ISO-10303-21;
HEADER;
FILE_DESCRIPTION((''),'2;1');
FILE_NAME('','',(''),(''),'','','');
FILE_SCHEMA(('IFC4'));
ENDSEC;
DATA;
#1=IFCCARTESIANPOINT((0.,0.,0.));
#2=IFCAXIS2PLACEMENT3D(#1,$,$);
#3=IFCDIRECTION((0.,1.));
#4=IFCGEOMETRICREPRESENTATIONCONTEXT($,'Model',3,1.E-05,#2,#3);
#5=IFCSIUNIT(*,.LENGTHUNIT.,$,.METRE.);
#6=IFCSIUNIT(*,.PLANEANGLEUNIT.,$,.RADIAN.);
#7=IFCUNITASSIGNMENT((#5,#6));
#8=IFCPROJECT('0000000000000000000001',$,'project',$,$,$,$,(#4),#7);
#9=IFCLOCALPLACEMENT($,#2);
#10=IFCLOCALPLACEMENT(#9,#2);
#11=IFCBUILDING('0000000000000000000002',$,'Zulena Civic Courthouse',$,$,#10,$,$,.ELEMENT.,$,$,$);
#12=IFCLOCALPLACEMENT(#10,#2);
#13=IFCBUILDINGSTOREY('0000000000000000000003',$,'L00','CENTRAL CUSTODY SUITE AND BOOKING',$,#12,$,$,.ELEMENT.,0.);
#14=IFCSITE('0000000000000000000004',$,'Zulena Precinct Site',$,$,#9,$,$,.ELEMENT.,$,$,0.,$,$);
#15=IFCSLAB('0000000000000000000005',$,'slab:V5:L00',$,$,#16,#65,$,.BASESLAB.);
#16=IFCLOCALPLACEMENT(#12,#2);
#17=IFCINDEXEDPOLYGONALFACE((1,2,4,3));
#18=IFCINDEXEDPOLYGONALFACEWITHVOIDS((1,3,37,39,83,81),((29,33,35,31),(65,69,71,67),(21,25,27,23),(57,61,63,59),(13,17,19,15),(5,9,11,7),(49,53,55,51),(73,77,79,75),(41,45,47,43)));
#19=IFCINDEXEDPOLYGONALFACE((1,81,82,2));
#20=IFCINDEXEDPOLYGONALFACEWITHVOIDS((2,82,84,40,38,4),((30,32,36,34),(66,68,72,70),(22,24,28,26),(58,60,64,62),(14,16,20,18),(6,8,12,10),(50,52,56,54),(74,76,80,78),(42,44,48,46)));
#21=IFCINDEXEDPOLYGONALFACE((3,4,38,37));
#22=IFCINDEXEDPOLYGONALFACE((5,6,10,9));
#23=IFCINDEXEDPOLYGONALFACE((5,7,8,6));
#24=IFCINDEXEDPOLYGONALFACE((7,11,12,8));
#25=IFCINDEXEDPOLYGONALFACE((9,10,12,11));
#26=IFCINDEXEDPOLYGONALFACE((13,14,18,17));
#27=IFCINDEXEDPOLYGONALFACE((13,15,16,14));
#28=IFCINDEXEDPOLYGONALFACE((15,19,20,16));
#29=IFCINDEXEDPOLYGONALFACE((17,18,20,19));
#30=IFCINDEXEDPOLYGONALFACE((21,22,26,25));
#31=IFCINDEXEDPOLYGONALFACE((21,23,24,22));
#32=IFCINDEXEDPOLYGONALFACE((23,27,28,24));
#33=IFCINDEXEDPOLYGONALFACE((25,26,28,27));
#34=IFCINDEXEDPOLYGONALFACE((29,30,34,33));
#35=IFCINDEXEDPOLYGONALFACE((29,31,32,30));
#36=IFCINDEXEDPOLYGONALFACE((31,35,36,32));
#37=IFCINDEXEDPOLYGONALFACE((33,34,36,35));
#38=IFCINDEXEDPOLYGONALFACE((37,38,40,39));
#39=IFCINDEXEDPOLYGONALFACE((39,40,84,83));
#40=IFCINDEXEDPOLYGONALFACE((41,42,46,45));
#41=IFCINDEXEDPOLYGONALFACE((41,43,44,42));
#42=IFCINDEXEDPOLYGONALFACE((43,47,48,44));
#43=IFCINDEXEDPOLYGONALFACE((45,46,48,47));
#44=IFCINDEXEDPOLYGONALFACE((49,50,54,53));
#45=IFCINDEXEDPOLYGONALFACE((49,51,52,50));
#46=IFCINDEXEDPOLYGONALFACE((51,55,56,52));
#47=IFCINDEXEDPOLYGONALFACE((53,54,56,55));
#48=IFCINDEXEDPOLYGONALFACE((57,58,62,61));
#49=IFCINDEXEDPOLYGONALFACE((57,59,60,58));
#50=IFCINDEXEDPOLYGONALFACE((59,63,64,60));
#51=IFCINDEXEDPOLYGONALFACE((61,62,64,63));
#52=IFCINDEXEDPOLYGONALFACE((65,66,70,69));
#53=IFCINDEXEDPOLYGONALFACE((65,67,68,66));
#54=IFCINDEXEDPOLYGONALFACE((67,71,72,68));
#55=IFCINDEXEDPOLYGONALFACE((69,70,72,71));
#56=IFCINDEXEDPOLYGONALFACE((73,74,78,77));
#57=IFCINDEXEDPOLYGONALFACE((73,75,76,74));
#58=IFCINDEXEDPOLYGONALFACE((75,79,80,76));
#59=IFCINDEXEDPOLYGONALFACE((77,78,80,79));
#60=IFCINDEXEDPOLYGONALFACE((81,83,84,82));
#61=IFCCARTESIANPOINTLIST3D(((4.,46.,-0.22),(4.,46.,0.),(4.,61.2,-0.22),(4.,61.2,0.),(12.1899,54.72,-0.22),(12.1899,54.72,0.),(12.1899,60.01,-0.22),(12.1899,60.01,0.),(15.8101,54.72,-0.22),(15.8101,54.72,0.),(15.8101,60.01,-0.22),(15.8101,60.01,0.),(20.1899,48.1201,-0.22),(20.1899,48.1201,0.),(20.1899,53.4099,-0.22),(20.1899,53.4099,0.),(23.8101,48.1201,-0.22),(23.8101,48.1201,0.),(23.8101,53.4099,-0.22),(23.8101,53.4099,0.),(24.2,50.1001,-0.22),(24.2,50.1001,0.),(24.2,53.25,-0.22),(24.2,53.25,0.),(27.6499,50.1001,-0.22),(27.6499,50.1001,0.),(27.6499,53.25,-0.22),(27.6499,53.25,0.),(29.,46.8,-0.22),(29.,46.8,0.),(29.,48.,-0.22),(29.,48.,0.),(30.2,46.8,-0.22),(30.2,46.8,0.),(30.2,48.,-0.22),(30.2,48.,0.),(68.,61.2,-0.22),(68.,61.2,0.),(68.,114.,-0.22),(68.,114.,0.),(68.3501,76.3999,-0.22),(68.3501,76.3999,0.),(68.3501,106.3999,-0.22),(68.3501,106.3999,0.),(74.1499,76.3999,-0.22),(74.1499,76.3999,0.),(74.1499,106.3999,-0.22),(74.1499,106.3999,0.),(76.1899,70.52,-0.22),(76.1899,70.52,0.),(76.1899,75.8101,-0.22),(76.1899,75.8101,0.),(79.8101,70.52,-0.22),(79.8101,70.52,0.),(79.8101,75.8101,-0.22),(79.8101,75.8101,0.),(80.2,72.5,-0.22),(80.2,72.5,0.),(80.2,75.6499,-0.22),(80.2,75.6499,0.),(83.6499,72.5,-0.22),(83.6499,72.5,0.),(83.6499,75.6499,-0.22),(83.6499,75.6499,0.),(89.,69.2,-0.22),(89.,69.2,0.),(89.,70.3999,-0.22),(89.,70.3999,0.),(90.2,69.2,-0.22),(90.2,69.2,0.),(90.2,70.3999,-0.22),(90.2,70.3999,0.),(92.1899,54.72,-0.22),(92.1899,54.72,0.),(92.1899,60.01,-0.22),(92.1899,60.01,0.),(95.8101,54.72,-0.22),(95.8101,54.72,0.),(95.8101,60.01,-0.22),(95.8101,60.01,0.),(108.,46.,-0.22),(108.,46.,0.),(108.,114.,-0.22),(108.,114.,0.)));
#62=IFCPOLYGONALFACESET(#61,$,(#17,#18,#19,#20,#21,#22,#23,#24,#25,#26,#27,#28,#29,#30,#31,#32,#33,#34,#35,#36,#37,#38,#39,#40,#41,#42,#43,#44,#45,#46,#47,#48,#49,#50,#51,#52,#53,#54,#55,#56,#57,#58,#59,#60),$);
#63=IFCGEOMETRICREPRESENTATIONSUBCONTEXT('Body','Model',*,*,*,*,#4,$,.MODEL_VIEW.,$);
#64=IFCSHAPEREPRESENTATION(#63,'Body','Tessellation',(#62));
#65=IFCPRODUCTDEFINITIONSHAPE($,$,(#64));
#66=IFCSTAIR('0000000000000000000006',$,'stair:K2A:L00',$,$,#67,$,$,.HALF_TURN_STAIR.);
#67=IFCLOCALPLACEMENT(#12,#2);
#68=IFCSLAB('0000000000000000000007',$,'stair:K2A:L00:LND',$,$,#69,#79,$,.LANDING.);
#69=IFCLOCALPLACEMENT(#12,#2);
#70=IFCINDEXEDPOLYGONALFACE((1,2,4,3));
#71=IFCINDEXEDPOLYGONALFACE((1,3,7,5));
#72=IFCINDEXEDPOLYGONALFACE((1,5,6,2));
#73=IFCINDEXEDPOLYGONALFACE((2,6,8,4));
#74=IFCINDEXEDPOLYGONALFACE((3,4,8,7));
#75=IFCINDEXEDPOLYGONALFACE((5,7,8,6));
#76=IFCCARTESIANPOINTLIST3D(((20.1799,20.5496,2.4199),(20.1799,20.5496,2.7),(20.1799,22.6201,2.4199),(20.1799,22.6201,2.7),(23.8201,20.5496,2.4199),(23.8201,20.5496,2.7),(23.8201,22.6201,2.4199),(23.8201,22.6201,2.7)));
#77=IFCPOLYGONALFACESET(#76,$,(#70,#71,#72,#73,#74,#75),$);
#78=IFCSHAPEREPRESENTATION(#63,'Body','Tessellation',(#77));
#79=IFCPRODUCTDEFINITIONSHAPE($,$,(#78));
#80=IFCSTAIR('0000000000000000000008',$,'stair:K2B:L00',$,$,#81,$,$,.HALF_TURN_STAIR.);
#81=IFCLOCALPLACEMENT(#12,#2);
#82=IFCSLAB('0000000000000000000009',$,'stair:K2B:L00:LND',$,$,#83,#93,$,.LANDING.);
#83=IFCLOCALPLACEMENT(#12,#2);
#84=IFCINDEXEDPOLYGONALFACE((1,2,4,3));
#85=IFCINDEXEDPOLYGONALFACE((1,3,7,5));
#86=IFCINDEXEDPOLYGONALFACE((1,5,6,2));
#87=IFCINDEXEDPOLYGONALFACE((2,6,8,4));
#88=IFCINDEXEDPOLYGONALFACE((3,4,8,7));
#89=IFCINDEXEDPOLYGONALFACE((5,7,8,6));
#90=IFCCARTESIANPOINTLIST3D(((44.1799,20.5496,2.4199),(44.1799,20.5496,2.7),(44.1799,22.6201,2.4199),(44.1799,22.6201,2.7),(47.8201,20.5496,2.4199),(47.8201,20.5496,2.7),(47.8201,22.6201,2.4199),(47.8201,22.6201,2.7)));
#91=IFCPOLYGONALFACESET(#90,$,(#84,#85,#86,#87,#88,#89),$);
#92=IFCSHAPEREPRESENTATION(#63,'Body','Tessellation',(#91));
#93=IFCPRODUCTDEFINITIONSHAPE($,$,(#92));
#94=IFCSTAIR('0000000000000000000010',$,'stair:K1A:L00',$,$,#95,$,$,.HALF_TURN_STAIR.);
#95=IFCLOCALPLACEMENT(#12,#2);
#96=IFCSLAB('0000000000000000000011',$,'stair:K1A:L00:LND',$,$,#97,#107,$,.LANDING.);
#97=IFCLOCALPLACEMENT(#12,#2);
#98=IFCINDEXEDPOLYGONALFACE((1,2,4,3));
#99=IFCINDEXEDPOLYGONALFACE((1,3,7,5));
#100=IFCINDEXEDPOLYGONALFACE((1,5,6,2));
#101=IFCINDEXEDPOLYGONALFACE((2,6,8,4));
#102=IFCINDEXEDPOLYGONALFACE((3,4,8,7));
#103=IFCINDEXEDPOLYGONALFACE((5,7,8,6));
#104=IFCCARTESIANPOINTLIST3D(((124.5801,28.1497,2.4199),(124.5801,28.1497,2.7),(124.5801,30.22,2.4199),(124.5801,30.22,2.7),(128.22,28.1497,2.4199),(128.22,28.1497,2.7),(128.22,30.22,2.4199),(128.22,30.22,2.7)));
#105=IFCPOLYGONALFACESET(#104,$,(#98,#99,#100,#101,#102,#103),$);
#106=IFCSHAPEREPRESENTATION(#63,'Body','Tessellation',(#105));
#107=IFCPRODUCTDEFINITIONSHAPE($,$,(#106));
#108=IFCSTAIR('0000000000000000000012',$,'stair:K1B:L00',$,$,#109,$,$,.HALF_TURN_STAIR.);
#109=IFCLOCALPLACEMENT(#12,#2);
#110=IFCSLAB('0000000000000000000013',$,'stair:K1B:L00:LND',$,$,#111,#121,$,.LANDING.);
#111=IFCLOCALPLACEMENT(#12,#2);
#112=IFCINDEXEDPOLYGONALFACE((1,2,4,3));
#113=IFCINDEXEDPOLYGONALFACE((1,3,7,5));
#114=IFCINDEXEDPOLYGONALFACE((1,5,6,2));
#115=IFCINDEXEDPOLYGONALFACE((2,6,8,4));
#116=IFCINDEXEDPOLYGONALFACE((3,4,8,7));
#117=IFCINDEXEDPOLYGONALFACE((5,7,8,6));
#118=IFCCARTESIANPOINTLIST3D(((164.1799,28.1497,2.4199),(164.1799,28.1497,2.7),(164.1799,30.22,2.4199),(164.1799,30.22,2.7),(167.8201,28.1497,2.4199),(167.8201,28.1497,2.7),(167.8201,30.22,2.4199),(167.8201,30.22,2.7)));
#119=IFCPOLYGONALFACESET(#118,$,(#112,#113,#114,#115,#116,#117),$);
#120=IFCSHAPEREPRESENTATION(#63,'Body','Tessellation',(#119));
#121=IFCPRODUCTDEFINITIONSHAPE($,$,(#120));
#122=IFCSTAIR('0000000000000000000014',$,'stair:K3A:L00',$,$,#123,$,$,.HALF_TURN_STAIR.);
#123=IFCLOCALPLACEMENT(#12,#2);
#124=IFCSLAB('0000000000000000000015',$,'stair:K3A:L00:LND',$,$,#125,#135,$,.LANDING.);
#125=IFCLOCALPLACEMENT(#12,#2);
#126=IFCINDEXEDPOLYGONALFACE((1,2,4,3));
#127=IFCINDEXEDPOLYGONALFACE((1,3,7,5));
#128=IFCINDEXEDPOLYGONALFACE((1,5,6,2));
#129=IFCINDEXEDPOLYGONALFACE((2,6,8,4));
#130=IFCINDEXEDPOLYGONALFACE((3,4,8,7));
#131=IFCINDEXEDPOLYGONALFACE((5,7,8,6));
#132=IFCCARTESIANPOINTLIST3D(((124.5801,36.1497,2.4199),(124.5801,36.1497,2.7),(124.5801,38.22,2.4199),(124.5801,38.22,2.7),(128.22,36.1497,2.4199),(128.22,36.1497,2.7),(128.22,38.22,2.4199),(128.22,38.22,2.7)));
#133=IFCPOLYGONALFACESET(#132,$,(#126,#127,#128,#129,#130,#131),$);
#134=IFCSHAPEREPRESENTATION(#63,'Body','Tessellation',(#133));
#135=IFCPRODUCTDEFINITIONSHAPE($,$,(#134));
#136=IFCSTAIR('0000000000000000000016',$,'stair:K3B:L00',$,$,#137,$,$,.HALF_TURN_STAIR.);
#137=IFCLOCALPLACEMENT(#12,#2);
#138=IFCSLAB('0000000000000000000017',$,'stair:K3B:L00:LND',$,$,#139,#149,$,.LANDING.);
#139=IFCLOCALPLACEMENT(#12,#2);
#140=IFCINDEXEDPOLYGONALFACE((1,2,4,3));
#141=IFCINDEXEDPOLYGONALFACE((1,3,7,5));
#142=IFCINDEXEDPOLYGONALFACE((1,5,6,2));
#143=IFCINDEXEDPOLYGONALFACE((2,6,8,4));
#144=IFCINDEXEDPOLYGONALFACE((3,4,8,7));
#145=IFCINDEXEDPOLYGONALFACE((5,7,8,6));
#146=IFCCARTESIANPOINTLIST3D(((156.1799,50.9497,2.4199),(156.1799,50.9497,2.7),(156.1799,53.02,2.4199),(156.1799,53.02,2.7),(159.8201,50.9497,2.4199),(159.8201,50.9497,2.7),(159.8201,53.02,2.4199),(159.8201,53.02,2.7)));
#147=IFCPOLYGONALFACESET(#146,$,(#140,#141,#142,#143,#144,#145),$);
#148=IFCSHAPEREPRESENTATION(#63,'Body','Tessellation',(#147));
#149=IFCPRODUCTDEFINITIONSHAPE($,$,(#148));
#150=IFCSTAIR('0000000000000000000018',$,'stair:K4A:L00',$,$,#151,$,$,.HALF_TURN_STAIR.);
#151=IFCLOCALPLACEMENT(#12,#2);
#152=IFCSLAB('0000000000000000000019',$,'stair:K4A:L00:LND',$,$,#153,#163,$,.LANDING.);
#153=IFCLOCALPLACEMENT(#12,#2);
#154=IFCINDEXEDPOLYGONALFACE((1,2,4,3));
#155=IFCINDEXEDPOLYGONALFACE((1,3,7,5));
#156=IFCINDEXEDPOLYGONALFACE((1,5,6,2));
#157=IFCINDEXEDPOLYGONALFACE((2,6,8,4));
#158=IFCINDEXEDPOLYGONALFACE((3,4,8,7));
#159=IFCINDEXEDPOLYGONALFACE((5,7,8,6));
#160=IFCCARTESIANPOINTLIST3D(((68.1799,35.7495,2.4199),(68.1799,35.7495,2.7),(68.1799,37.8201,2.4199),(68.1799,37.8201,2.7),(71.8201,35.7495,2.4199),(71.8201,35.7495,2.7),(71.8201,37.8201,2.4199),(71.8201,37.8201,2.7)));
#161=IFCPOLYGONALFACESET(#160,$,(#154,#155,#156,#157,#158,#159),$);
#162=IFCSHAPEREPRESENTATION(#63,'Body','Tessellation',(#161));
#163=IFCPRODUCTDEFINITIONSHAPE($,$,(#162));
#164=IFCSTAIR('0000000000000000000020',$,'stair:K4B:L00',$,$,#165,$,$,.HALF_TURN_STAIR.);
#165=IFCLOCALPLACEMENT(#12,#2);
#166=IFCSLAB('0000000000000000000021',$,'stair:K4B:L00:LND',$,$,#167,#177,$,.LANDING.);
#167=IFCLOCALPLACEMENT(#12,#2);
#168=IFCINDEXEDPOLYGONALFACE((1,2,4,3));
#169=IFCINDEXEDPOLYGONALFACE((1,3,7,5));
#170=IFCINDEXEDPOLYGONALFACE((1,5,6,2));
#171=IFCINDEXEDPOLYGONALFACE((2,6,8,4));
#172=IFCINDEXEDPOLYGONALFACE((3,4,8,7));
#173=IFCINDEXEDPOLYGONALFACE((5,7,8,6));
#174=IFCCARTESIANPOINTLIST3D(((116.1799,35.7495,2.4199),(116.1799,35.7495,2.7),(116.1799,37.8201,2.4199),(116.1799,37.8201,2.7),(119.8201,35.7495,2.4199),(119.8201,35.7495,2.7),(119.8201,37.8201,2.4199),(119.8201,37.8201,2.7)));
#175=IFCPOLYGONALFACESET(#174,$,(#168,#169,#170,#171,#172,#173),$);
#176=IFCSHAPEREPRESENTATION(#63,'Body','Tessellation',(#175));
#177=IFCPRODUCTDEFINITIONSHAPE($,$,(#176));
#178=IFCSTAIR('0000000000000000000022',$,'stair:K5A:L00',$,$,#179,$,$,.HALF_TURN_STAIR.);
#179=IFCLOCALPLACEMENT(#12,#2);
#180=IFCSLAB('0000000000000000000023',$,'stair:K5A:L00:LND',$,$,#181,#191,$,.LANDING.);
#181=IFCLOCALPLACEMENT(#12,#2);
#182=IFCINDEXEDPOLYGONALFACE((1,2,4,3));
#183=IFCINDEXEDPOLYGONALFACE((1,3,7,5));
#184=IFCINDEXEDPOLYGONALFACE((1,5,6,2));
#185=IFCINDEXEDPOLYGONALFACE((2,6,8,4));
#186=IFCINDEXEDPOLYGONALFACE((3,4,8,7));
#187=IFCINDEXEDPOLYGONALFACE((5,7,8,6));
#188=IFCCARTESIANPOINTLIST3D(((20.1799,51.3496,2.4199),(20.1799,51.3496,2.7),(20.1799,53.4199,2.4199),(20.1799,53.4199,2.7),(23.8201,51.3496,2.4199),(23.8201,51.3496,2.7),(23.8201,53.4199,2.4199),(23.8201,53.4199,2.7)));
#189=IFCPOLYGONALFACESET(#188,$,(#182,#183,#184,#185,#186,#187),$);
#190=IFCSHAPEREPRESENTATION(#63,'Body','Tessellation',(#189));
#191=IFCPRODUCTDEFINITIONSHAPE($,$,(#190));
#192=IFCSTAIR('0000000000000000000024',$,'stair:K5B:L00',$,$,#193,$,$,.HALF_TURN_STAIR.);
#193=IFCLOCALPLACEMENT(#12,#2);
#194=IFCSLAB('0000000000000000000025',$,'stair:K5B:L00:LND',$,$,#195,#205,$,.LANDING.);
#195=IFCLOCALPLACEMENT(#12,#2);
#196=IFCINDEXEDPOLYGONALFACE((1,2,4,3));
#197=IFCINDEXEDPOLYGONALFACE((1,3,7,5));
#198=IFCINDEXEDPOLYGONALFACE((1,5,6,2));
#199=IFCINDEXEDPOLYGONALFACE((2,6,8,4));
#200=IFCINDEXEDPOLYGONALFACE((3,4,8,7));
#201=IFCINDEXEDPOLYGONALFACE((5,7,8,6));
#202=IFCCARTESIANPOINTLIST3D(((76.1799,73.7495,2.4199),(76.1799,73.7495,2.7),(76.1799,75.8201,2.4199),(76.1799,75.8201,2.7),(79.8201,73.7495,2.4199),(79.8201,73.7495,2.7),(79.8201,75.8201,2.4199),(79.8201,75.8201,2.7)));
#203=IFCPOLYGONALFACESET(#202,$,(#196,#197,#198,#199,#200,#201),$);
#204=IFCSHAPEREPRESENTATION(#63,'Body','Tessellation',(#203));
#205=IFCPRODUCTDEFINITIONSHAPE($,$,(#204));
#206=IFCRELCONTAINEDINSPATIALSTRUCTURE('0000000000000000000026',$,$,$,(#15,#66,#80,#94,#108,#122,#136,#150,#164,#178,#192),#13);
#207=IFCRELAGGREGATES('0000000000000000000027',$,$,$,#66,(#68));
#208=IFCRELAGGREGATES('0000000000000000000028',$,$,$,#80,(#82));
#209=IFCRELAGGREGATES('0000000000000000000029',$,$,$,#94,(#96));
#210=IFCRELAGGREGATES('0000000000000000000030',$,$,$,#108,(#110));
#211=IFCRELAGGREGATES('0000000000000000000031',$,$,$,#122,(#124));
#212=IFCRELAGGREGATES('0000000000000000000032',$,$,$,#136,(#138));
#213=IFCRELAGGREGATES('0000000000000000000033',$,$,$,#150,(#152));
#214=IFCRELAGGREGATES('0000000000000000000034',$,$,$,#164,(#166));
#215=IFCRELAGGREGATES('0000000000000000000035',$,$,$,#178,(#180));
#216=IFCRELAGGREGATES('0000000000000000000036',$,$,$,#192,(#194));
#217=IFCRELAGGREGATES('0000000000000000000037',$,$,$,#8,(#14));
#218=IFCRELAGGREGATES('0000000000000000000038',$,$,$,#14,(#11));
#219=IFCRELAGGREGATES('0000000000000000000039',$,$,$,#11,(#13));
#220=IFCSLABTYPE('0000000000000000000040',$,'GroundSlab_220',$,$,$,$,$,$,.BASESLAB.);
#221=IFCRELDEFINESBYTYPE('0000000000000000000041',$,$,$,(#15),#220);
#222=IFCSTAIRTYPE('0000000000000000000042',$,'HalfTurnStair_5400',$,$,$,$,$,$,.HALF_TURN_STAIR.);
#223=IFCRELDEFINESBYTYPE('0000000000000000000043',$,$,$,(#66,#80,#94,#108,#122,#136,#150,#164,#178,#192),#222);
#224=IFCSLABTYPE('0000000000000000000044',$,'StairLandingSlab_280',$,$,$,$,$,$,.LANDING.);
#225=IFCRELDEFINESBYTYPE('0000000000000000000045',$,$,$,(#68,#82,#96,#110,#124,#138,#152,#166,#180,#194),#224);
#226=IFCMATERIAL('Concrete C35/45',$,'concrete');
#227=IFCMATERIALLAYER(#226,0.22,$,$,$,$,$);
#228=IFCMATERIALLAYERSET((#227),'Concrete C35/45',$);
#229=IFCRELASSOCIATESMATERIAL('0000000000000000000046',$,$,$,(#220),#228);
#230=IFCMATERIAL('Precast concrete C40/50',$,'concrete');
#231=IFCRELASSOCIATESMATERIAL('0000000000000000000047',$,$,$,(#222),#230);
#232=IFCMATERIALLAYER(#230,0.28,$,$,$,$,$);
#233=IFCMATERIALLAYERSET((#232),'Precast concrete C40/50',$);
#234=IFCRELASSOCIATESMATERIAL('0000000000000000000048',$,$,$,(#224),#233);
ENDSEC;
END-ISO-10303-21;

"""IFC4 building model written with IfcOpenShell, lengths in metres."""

from ifc_helpers import new_model, si_unit, direction, frame, origin, place, context, subcontext, project, spatial, polyline, outline, extrude, material, layer, layer_set, type_object, element, aggregate, save


model = new_model("IFC4")

# Units and contexts
model_context = context("Model", 3, precision=1e-05, world=origin(), true_north=direction((0.0, 1.0)))
body_context = subcontext(model_context, "Body", "Model", "MODEL_VIEW")
ifc_project = project(units=[si_unit("LENGTHUNIT", "METRE"), si_unit("PLANEANGLEUNIT", "RADIAN")], contexts=[model_context])

# Site, building, storey
site_placement = place(None, origin())
site = spatial("IfcSite", under=ifc_project, at=site_placement, Name="Zulena Precinct Site", CompositionType="ELEMENT", RefElevation=0.0)
building_placement = place(site_placement, origin())
building = spatial("IfcBuilding", under=site, at=building_placement, Name="Zulena Civic Courthouse", CompositionType="ELEMENT")
storey_placement = place(building_placement, origin())
storey = spatial("IfcBuildingStorey", under=building, at=storey_placement, Name="L00", Description="CENTRAL CUSTODY SUITE AND BOOKING", CompositionType="ELEMENT", Elevation=0.0)

# Shared definitions
ifc_material_1 = material(Name="Concrete C35/45", Category="concrete")

# Slab
ifc_layer_1 = layer(ifc_material_1, 0.22)
ifc_layer_set_1 = layer_set([ifc_layer_1], Name="Concrete C35/45")
slab_type_1 = type_object("IfcSlabType", Name="GroundSlab_220", PredefinedType="BASESLAB", material=ifc_layer_set_1)
slab_1_placement = place(storey_placement, frame((0.0, 0.0, -0.22)))
element("IfcSlab", 1, at=slab_1_placement, inside=storey, type_object=slab_type_1, Name="slab:V5:L00", PredefinedType="BASESLAB", context=body_context, shape_type="SweptSolid", body=[
    extrude(outline(polyline([(68.0, 114.0), (108.0, 114.0), (108.0, 46.0), (4.0, 46.0), (4.0, 61.2), (68.0, 61.2), (68.0, 114.0)]), holes=[polyline([(23.8101, 48.1201), (23.8101, 53.4099), (20.1899, 53.4099), (20.1899, 48.1201), (23.8101, 48.1201)]), polyline([(24.2, 50.1001), (27.6499, 50.1001), (27.6499, 53.25), (24.2, 53.25), (24.2, 50.1001)]), polyline([(76.1899, 75.8101), (76.1899, 70.52), (79.8101, 70.52), (79.8101, 75.8101), (76.1899, 75.8101)]), polyline([(83.6499, 75.6499), (80.2, 75.6499), (80.2, 72.5), (83.6499, 72.5), (83.6499, 75.6499)]), polyline([(30.2, 46.8), (30.2, 48.0), (29.0, 48.0), (29.0, 46.8), (30.2, 46.8)]), polyline([(89.0, 69.2), (90.2, 69.2), (90.2, 70.3999), (89.0, 70.3999), (89.0, 69.2)]), polyline([(68.3501, 106.3999), (68.3501, 76.3999), (74.1499, 76.3999), (74.1499, 106.3999), (68.3501, 106.3999)]), polyline([(15.8101, 60.01), (12.1899, 60.01), (12.1899, 54.72), (15.8101, 54.72), (15.8101, 60.01)]), polyline([(95.8101, 54.72), (95.8101, 60.01), (92.1899, 60.01), (92.1899, 54.72), (95.8101, 54.72)])]), origin(), (0.0, 0.0, 1.0), 0.22),
])

# Stairs, slabs
ifc_material_2 = material(Name="Precast concrete C40/50", Category="concrete")
stair_type = type_object("IfcStairType", Name="HalfTurnStair_5400", PredefinedType="HALF_TURN_STAIR", material=ifc_material_2)
stair_1_placement = place(storey_placement, origin())
stair_1 = element("IfcStair", 2, at=stair_1_placement, inside=storey, type_object=stair_type, Name="stair:K2A:L00", PredefinedType="HALF_TURN_STAIR")
ifc_layer_2 = layer(ifc_material_2, 0.28)
ifc_layer_set_2 = layer_set([ifc_layer_2], Name="Precast concrete C40/50")
slab_type_2 = type_object("IfcSlabType", Name="StairLandingSlab_280", PredefinedType="LANDING", material=ifc_layer_set_2)
slab_2_placement = place(storey_placement, frame((0.0, 0.0, 2.4199)))
slab_2 = element("IfcSlab", 3, at=slab_2_placement, type_object=slab_type_2, Name="stair:K2A:L00:LND", PredefinedType="LANDING", context=body_context, shape_type="SweptSolid", body=[
    extrude(outline(polyline([(20.1799, 20.5496), (23.8201, 20.5496), (23.8201, 22.6201), (20.1799, 22.6201), (20.1799, 20.5496)])), origin(), (0.0, 0.0, 1.0), 0.28),
])
aggregate(stair_1, [slab_2])
stair_2_placement = place(storey_placement, origin())
stair_2 = element("IfcStair", 4, at=stair_2_placement, inside=storey, type_object=stair_type, Name="stair:K2B:L00", PredefinedType="HALF_TURN_STAIR")
slab_3_placement = place(storey_placement, frame((0.0, 0.0, 2.4199)))
slab_3 = element("IfcSlab", 5, at=slab_3_placement, type_object=slab_type_2, Name="stair:K2B:L00:LND", PredefinedType="LANDING", context=body_context, shape_type="SweptSolid", body=[
    extrude(outline(polyline([(44.1799, 20.5496), (47.8201, 20.5496), (47.8201, 22.6201), (44.1799, 22.6201), (44.1799, 20.5496)])), origin(), (0.0, 0.0, 1.0), 0.28),
])
aggregate(stair_2, [slab_3])
stair_3_placement = place(storey_placement, origin())
stair_3 = element("IfcStair", 6, at=stair_3_placement, inside=storey, type_object=stair_type, Name="stair:K1A:L00", PredefinedType="HALF_TURN_STAIR")
slab_4_placement = place(storey_placement, frame((0.0, 0.0, 2.4199)))
slab_4 = element("IfcSlab", 7, at=slab_4_placement, type_object=slab_type_2, Name="stair:K1A:L00:LND", PredefinedType="LANDING", context=body_context, shape_type="SweptSolid", body=[
    extrude(outline(polyline([(124.5801, 28.1497), (128.22, 28.1497), (128.22, 30.22), (124.5801, 30.22), (124.5801, 28.1497)])), origin(), (0.0, 0.0, 1.0), 0.28),
])
aggregate(stair_3, [slab_4])
stair_4_placement = place(storey_placement, origin())
stair_4 = element("IfcStair", 8, at=stair_4_placement, inside=storey, type_object=stair_type, Name="stair:K1B:L00", PredefinedType="HALF_TURN_STAIR")
slab_5_placement = place(storey_placement, frame((0.0, 0.0, 2.4199)))
slab_5 = element("IfcSlab", 9, at=slab_5_placement, type_object=slab_type_2, Name="stair:K1B:L00:LND", PredefinedType="LANDING", context=body_context, shape_type="SweptSolid", body=[
    extrude(outline(polyline([(164.1799, 28.1497), (167.8201, 28.1497), (167.8201, 30.22), (164.1799, 30.22), (164.1799, 28.1497)])), origin(), (0.0, 0.0, 1.0), 0.28),
])
aggregate(stair_4, [slab_5])
stair_5_placement = place(storey_placement, origin())
stair_5 = element("IfcStair", 10, at=stair_5_placement, inside=storey, type_object=stair_type, Name="stair:K3A:L00", PredefinedType="HALF_TURN_STAIR")
slab_6_placement = place(storey_placement, frame((0.0, 0.0, 2.4199)))
slab_6 = element("IfcSlab", 11, at=slab_6_placement, type_object=slab_type_2, Name="stair:K3A:L00:LND", PredefinedType="LANDING", context=body_context, shape_type="SweptSolid", body=[
    extrude(outline(polyline([(124.5801, 36.1497), (128.22, 36.1497), (128.22, 38.22), (124.5801, 38.22), (124.5801, 36.1497)])), origin(), (0.0, 0.0, 1.0), 0.28),
])
aggregate(stair_5, [slab_6])
stair_6_placement = place(storey_placement, origin())
stair_6 = element("IfcStair", 12, at=stair_6_placement, inside=storey, type_object=stair_type, Name="stair:K3B:L00", PredefinedType="HALF_TURN_STAIR")
slab_7_placement = place(storey_placement, frame((0.0, 0.0, 2.4199)))
slab_7 = element("IfcSlab", 13, at=slab_7_placement, type_object=slab_type_2, Name="stair:K3B:L00:LND", PredefinedType="LANDING", context=body_context, shape_type="SweptSolid", body=[
    extrude(outline(polyline([(156.1799, 50.9497), (159.8201, 50.9497), (159.8201, 53.02), (156.1799, 53.02), (156.1799, 50.9497)])), origin(), (0.0, 0.0, 1.0), 0.28),
])
aggregate(stair_6, [slab_7])
stair_7_placement = place(storey_placement, origin())
stair_7 = element("IfcStair", 14, at=stair_7_placement, inside=storey, type_object=stair_type, Name="stair:K4A:L00", PredefinedType="HALF_TURN_STAIR")
slab_8_placement = place(storey_placement, frame((0.0, 0.0, 2.4199)))
slab_8 = element("IfcSlab", 15, at=slab_8_placement, type_object=slab_type_2, Name="stair:K4A:L00:LND", PredefinedType="LANDING", context=body_context, shape_type="SweptSolid", body=[
    extrude(outline(polyline([(68.1799, 35.7495), (71.8201, 35.7495), (71.8201, 37.8201), (68.1799, 37.8201), (68.1799, 35.7495)])), origin(), (0.0, 0.0, 1.0), 0.28),
])
aggregate(stair_7, [slab_8])
stair_8_placement = place(storey_placement, origin())
stair_8 = element("IfcStair", 16, at=stair_8_placement, inside=storey, type_object=stair_type, Name="stair:K4B:L00", PredefinedType="HALF_TURN_STAIR")
slab_9_placement = place(storey_placement, frame((0.0, 0.0, 2.4199)))
slab_9 = element("IfcSlab", 17, at=slab_9_placement, type_object=slab_type_2, Name="stair:K4B:L00:LND", PredefinedType="LANDING", context=body_context, shape_type="SweptSolid", body=[
    extrude(outline(polyline([(116.1799, 35.7495), (119.8201, 35.7495), (119.8201, 37.8201), (116.1799, 37.8201), (116.1799, 35.7495)])), origin(), (0.0, 0.0, 1.0), 0.28),
])
aggregate(stair_8, [slab_9])
stair_9_placement = place(storey_placement, origin())
stair_9 = element("IfcStair", 18, at=stair_9_placement, inside=storey, type_object=stair_type, Name="stair:K5A:L00", PredefinedType="HALF_TURN_STAIR")
slab_10_placement = place(storey_placement, frame((0.0, 0.0, 2.4199)))
slab_10 = element("IfcSlab", 19, at=slab_10_placement, type_object=slab_type_2, Name="stair:K5A:L00:LND", PredefinedType="LANDING", context=body_context, shape_type="SweptSolid", body=[
    extrude(outline(polyline([(20.1799, 51.3496), (23.8201, 51.3496), (23.8201, 53.4199), (20.1799, 53.4199), (20.1799, 51.3496)])), origin(), (0.0, 0.0, 1.0), 0.28),
])
aggregate(stair_9, [slab_10])
stair_10_placement = place(storey_placement, origin())
stair_10 = element("IfcStair", 20, at=stair_10_placement, inside=storey, type_object=stair_type, Name="stair:K5B:L00", PredefinedType="HALF_TURN_STAIR")
slab_11_placement = place(storey_placement, frame((0.0, 0.0, 2.4199)))
slab_11 = element("IfcSlab", 21, at=slab_11_placement, type_object=slab_type_2, Name="stair:K5B:L00:LND", PredefinedType="LANDING", context=body_context, shape_type="SweptSolid", body=[
    extrude(outline(polyline([(76.1799, 73.7495), (79.8201, 73.7495), (79.8201, 75.8201), (76.1799, 75.8201), (76.1799, 73.7495)])), origin(), (0.0, 0.0, 1.0), 0.28),
])
aggregate(stair_10, [slab_11])

save(model, "model.ifc")
